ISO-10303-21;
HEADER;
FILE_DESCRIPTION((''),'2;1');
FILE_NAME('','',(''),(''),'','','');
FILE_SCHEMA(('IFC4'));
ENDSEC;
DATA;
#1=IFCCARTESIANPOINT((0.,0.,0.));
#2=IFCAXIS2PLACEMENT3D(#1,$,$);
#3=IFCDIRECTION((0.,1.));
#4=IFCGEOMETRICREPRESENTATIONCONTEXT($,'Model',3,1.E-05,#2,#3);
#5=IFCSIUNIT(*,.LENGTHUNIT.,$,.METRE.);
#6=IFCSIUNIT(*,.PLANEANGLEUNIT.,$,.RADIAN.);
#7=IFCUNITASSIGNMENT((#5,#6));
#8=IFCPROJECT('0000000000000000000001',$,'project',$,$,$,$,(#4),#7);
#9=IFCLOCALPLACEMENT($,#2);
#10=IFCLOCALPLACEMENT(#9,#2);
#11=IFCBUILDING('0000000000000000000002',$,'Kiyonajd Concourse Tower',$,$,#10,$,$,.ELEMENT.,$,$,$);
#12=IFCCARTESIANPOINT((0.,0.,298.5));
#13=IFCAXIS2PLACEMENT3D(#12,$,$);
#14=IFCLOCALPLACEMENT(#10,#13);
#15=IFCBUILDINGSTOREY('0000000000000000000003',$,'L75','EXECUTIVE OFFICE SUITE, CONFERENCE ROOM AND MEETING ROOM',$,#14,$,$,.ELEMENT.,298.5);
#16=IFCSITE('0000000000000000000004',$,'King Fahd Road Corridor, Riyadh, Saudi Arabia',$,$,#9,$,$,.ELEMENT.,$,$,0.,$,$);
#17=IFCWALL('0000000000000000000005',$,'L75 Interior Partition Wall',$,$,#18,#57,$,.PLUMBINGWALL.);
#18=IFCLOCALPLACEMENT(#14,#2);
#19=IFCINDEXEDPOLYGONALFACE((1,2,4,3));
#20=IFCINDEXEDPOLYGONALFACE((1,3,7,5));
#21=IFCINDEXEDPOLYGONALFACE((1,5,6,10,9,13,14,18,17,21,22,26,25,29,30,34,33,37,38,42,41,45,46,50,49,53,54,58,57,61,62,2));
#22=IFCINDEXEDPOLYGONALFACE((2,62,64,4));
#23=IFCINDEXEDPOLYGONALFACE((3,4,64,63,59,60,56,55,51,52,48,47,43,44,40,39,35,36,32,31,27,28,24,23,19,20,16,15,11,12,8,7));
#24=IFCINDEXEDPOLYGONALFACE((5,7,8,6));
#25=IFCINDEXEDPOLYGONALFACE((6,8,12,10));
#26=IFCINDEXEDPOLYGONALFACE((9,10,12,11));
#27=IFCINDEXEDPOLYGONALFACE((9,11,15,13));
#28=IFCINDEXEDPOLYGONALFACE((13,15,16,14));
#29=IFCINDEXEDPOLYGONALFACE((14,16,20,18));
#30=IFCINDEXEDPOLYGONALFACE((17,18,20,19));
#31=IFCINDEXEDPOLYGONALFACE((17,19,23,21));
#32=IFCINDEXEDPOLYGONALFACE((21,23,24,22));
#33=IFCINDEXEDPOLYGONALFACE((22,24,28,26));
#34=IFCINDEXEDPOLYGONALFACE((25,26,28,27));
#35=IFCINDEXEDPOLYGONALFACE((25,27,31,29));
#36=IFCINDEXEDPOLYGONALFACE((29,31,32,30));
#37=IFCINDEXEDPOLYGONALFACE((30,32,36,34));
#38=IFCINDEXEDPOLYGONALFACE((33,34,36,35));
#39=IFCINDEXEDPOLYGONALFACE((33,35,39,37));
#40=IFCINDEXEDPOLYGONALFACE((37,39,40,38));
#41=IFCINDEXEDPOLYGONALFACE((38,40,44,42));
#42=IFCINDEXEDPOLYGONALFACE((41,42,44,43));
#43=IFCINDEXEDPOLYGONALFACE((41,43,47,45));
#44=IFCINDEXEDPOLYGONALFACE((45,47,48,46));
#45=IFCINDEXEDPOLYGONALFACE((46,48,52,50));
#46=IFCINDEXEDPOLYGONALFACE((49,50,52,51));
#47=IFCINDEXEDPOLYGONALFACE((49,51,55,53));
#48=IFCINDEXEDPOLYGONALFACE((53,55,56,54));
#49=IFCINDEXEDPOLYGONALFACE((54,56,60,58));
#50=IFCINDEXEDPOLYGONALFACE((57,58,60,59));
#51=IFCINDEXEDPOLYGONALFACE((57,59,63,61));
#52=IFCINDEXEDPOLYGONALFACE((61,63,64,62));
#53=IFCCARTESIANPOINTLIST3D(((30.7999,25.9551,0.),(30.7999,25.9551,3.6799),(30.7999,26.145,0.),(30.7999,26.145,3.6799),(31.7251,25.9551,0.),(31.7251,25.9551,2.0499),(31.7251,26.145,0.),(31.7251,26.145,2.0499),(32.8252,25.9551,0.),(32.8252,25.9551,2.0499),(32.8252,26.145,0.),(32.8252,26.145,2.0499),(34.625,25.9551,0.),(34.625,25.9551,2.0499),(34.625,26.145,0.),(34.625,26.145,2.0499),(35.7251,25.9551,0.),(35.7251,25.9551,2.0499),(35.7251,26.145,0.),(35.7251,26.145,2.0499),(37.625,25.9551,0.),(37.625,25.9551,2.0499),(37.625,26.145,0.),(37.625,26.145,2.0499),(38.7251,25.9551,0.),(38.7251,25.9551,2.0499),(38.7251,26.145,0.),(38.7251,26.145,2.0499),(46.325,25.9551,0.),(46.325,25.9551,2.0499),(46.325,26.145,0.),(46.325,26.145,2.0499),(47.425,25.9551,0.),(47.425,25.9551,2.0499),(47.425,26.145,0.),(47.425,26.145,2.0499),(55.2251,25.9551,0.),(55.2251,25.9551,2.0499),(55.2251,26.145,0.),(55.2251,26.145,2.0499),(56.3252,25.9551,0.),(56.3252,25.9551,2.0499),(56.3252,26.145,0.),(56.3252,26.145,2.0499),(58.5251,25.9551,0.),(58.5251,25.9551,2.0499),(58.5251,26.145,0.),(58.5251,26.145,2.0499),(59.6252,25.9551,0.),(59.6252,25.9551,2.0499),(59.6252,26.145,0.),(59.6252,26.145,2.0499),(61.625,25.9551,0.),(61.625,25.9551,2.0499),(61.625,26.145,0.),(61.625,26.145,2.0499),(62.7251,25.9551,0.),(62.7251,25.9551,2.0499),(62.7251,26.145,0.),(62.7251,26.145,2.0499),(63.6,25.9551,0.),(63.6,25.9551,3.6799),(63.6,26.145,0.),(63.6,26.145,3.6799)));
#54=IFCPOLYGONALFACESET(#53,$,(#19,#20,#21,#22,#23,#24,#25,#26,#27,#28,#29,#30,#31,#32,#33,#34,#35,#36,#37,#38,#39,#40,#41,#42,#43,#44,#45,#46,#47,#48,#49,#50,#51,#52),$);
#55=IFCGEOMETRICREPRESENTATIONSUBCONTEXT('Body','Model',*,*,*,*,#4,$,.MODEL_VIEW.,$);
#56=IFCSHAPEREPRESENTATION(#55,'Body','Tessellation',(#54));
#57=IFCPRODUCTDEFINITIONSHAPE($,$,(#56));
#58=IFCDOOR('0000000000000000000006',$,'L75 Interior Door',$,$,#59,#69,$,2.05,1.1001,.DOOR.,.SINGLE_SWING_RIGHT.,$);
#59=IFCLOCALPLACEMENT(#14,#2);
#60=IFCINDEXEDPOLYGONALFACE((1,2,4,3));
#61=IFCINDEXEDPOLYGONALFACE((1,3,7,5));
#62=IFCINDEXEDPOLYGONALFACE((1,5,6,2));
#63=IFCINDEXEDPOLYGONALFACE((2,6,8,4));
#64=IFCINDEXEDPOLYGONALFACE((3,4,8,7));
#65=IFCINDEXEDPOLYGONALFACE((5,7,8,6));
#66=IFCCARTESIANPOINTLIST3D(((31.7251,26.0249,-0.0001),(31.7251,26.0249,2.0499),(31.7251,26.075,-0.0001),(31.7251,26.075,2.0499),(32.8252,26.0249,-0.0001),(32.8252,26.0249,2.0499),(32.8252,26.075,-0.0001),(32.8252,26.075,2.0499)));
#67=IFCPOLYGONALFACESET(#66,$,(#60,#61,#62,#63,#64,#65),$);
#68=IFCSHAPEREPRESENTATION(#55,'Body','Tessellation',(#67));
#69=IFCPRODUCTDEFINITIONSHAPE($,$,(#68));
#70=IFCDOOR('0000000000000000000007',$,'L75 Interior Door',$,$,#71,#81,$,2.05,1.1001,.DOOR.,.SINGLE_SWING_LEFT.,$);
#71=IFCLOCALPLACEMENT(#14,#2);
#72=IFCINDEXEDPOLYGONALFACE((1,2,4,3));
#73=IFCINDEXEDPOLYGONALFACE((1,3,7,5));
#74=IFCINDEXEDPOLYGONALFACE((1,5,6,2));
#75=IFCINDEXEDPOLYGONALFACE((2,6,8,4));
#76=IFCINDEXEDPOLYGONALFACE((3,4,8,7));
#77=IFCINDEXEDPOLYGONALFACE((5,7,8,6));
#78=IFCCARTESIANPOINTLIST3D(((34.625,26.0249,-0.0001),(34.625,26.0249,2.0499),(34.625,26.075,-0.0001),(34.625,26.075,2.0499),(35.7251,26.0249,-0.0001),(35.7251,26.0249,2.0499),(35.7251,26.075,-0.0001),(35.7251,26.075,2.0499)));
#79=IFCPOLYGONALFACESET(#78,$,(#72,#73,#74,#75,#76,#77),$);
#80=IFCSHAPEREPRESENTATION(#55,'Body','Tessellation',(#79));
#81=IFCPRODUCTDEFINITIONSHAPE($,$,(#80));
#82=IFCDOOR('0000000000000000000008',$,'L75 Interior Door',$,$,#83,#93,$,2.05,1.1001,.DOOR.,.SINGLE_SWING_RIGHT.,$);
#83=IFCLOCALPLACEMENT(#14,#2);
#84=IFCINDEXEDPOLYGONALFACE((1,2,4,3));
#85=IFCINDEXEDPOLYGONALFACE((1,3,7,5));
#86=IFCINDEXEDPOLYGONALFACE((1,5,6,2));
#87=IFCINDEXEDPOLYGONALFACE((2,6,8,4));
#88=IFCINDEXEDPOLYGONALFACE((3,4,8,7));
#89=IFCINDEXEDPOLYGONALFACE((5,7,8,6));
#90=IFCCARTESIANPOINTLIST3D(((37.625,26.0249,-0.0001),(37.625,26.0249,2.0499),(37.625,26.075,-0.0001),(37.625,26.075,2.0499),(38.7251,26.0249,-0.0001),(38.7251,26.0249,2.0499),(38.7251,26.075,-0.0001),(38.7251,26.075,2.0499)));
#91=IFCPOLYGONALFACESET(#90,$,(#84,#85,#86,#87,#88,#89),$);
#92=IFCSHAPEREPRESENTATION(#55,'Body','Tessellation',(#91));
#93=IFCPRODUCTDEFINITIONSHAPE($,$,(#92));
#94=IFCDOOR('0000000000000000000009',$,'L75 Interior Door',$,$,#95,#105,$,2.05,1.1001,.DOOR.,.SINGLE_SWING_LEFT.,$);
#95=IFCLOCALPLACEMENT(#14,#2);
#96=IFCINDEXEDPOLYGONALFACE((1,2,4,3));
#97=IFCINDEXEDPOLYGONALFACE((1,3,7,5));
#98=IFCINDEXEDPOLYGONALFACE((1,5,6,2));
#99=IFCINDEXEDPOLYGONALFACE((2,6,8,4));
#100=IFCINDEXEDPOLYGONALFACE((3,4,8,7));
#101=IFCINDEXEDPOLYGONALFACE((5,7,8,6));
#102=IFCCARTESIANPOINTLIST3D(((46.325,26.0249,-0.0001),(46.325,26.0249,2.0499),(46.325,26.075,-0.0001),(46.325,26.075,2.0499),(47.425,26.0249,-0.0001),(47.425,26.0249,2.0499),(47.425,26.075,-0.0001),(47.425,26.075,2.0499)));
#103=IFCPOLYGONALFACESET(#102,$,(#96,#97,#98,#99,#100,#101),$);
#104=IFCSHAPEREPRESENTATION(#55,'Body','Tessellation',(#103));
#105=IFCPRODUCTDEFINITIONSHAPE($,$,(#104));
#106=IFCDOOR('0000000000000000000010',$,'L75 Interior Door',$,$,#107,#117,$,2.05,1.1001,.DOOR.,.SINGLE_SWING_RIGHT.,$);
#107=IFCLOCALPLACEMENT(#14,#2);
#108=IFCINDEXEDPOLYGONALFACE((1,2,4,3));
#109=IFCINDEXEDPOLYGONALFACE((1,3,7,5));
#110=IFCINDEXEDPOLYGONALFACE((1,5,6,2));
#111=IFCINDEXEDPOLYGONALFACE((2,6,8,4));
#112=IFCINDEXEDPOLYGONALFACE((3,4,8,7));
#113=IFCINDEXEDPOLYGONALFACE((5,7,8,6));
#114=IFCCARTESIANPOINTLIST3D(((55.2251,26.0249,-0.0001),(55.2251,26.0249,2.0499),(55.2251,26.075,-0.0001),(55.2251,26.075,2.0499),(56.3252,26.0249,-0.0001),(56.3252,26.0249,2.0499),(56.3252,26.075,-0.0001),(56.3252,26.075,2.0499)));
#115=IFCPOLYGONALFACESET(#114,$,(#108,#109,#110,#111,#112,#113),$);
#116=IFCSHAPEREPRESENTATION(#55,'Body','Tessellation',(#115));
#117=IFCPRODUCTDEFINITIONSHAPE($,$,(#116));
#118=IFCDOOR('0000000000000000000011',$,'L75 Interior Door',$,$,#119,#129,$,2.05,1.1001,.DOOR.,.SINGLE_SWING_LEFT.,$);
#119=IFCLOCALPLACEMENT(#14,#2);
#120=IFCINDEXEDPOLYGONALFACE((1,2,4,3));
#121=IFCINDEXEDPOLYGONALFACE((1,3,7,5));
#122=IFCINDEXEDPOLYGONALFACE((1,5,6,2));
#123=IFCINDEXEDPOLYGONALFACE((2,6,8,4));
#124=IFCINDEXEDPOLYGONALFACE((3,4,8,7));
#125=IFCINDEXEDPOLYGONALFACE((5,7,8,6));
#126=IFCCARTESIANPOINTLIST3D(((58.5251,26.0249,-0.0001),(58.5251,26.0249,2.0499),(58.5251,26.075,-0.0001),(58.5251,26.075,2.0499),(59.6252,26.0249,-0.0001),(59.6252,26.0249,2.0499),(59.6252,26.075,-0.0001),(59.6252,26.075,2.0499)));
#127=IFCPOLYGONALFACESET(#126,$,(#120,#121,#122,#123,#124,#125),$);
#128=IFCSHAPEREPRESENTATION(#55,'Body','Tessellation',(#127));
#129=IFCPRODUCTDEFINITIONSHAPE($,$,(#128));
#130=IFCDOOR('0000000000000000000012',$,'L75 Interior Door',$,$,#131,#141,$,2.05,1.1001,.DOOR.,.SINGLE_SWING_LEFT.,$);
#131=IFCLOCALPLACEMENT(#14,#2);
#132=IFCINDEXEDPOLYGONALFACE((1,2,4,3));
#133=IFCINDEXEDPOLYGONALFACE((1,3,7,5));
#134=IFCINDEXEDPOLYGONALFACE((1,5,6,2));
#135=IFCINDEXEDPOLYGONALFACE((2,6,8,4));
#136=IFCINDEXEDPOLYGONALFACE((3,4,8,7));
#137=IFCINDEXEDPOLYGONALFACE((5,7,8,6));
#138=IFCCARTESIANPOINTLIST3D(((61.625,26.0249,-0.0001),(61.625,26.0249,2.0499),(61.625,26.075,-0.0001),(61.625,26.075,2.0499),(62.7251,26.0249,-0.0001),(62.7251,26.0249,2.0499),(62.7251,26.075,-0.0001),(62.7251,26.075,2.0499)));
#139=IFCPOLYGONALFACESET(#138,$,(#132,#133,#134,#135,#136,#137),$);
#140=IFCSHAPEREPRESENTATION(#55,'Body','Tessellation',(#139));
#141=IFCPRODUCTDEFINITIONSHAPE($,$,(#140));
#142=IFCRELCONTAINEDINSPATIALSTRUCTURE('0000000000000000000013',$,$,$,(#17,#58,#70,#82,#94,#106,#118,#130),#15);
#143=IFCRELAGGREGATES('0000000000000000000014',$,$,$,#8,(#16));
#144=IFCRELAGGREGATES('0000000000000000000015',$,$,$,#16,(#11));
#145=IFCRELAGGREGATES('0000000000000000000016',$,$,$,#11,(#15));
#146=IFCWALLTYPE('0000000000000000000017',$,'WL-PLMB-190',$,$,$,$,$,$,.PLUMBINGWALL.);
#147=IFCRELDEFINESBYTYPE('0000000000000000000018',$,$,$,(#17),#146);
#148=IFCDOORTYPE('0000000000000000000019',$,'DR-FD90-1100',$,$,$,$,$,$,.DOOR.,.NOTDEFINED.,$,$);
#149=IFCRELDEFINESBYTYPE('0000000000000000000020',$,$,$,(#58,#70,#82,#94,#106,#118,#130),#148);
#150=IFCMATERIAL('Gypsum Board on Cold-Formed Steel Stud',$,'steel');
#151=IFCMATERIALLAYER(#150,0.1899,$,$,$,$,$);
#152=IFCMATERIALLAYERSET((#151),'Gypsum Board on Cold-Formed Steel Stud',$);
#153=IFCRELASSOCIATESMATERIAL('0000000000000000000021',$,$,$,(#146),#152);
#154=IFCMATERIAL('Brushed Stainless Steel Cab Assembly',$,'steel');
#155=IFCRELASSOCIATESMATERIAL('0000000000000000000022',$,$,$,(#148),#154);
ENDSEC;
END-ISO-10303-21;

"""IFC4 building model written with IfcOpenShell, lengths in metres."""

from ifc_helpers import new_model, si_unit, direction, frame, frame_2d, origin, place, context, subcontext, project, spatial, rectangle, extrude, material, layer, layer_set, type_object, element, fill, save


model = new_model("IFC4")

# Units and contexts
model_context = context("Model", 3, precision=1e-05, world=origin(), true_north=direction((0.0, 1.0)))
body_context = subcontext(model_context, "Body", "Model", "MODEL_VIEW")
ifc_project = project(units=[si_unit("LENGTHUNIT", "METRE"), si_unit("PLANEANGLEUNIT", "RADIAN")], contexts=[model_context])

# Site, building, storey
site_placement = place(None, origin())
site = spatial("IfcSite", under=ifc_project, at=site_placement, Name="King Fahd Road Corridor, Riyadh, Saudi Arabia", CompositionType="ELEMENT", RefElevation=0.0)
building_placement = place(site_placement, origin())
building = spatial("IfcBuilding", under=site, at=building_placement, Name="Kiyonajd Concourse Tower", CompositionType="ELEMENT")
storey_placement = place(building_placement, frame((0.0, 0.0, 298.5)))
storey = spatial("IfcBuildingStorey", under=building, at=storey_placement, Name="L75", Description="EXECUTIVE OFFICE SUITE, CONFERENCE ROOM AND MEETING ROOM", CompositionType="ELEMENT", Elevation=298.5)

# Shared definitions
ifc_material_1 = material(Name="Brushed Stainless Steel Cab Assembly", Category="steel")

# Wall, openings, doors
ifc_material_2 = material(Name="Gypsum Board on Cold-Formed Steel Stud", Category="steel")
ifc_layer_1 = layer(ifc_material_2, 0.1899)
ifc_layer_set_1 = layer_set([ifc_layer_1], Name="Gypsum Board on Cold-Formed Steel Stud")
wall_type_1 = type_object("IfcWallType", Name="WL-PLMB-190", PredefinedType="PLUMBINGWALL", material=ifc_layer_set_1)
wall_1_placement = place(storey_placement, frame((30.8, 26.05, 0.0), z_axis=(0.0, 0.0, 1.0), x_axis=(1.0, 0.0, 0.0)))
wall_1 = element("IfcWall", 1, at=wall_1_placement, inside=storey, type_object=wall_type_1, Name="L75 Interior Partition Wall", PredefinedType="PLUMBINGWALL", context=body_context, shape_type="SweptSolid", body=[
    extrude(rectangle(XDim=32.8, YDim=0.1899, at=frame_2d((16.3999, 0.0))), origin(), (0.0, 0.0, 1.0), 3.6799),
])
opening_1_placement = place(wall_1_placement, frame((0.925, 0.0, 0.0)))
opening_1 = element("IfcOpeningElement", 2, at=opening_1_placement, cuts=wall_1, PredefinedType="OPENING", context=body_context, shape_type="SweptSolid", body=[
    extrude(rectangle(XDim=1.1001, YDim=2.05, at=frame_2d((0.55, 1.0249))), frame((0.0, 0.105, 0.0), z_axis=(0.0, -1.0, 0.0), x_axis=(1.0, 0.0, 0.0)), (0.0, 0.0, 1.0), 0.21),
])
opening_2_placement = place(wall_1_placement, frame((3.825, 0.0, 0.0)))
opening_2 = element("IfcOpeningElement", 3, at=opening_2_placement, cuts=wall_1, PredefinedType="OPENING", context=body_context, shape_type="SweptSolid", body=[
    extrude(rectangle(XDim=1.1001, YDim=2.05, at=frame_2d((0.55, 1.0249))), frame((0.0, 0.105, 0.0), z_axis=(0.0, -1.0, 0.0), x_axis=(1.0, 0.0, 0.0)), (0.0, 0.0, 1.0), 0.21),
])
opening_3_placement = place(wall_1_placement, frame((6.825, 0.0, 0.0)))
opening_3 = element("IfcOpeningElement", 4, at=opening_3_placement, cuts=wall_1, PredefinedType="OPENING", context=body_context, shape_type="SweptSolid", body=[
    extrude(rectangle(XDim=1.1001, YDim=2.05, at=frame_2d((0.55, 1.0249))), frame((0.0, 0.105, 0.0), z_axis=(0.0, -1.0, 0.0), x_axis=(1.0, 0.0, 0.0)), (0.0, 0.0, 1.0), 0.21),
])
opening_4_placement = place(wall_1_placement, frame((15.5249, 0.0, 0.0)))
opening_4 = element("IfcOpeningElement", 5, at=opening_4_placement, cuts=wall_1, PredefinedType="OPENING", context=body_context, shape_type="SweptSolid", body=[
    extrude(rectangle(XDim=1.1001, YDim=2.05, at=frame_2d((0.55, 1.0249))), frame((0.0, 0.105, 0.0), z_axis=(0.0, -1.0, 0.0), x_axis=(1.0, 0.0, 0.0)), (0.0, 0.0, 1.0), 0.21),
])
opening_5_placement = place(wall_1_placement, frame((24.425, 0.0, 0.0)))
opening_5 = element("IfcOpeningElement", 6, at=opening_5_placement, cuts=wall_1, PredefinedType="OPENING", context=body_context, shape_type="SweptSolid", body=[
    extrude(rectangle(XDim=1.1001, YDim=2.05, at=frame_2d((0.55, 1.0249))), frame((0.0, 0.105, 0.0), z_axis=(0.0, -1.0, 0.0), x_axis=(1.0, 0.0, 0.0)), (0.0, 0.0, 1.0), 0.21),
])
opening_6_placement = place(wall_1_placement, frame((27.7251, 0.0, 0.0)))
opening_6 = element("IfcOpeningElement", 7, at=opening_6_placement, cuts=wall_1, PredefinedType="OPENING", context=body_context, shape_type="SweptSolid", body=[
    extrude(rectangle(XDim=1.1001, YDim=2.05, at=frame_2d((0.55, 1.0249))), frame((0.0, 0.105, 0.0), z_axis=(0.0, -1.0, 0.0), x_axis=(1.0, 0.0, 0.0)), (0.0, 0.0, 1.0), 0.21),
])
opening_7_placement = place(wall_1_placement, frame((30.825, 0.0, 0.0)))
opening_7 = element("IfcOpeningElement", 8, at=opening_7_placement, cuts=wall_1, PredefinedType="OPENING", context=body_context, shape_type="SweptSolid", body=[
    extrude(rectangle(XDim=1.1001, YDim=2.05, at=frame_2d((0.55, 1.0249))), frame((0.0, 0.105, 0.0), z_axis=(0.0, -1.0, 0.0), x_axis=(1.0, 0.0, 0.0)), (0.0, 0.0, 1.0), 0.21),
])
door_type_1 = type_object("IfcDoorType", Name="DR-FD90-1100", OperationType="NOTDEFINED", PredefinedType="DOOR", material=ifc_material_1)
door_1_placement = place(opening_1_placement, origin())
door_1 = element("IfcDoor", 9, at=door_1_placement, inside=storey, type_object=door_type_1, Name="L75 Interior Door", OperationType="SINGLE_SWING_RIGHT", OverallHeight=2.05, OverallWidth=1.1001, PredefinedType="DOOR", context=body_context, shape_type="SweptSolid", body=[
    extrude(rectangle(XDim=1.1001, YDim=2.05, at=frame_2d((0.55, 1.0249))), frame((0.0, 0.0249, 0.0), z_axis=(0.0, -1.0, 0.0), x_axis=(1.0, 0.0, 0.0)), (0.0, 0.0, 1.0), 0.05),
])
fill(opening_1, door_1)
door_2_placement = place(opening_2_placement, origin())
door_2 = element("IfcDoor", 10, at=door_2_placement, inside=storey, type_object=door_type_1, Name="L75 Interior Door", OperationType="SINGLE_SWING_LEFT", OverallHeight=2.05, OverallWidth=1.1001, PredefinedType="DOOR", context=body_context, shape_type="SweptSolid", body=[
    extrude(rectangle(XDim=1.1001, YDim=2.05, at=frame_2d((0.55, 1.0249))), frame((0.0, 0.0249, 0.0), z_axis=(0.0, -1.0, 0.0), x_axis=(1.0, 0.0, 0.0)), (0.0, 0.0, 1.0), 0.05),
])
fill(opening_2, door_2)
door_3_placement = place(opening_3_placement, origin())
door_3 = element("IfcDoor", 11, at=door_3_placement, inside=storey, type_object=door_type_1, Name="L75 Interior Door", OperationType="SINGLE_SWING_RIGHT", OverallHeight=2.05, OverallWidth=1.1001, PredefinedType="DOOR", context=body_context, shape_type="SweptSolid", body=[
    extrude(rectangle(XDim=1.1001, YDim=2.05, at=frame_2d((0.55, 1.0249))), frame((0.0, 0.0249, 0.0), z_axis=(0.0, -1.0, 0.0), x_axis=(1.0, 0.0, 0.0)), (0.0, 0.0, 1.0), 0.05),
])
fill(opening_3, door_3)
door_4_placement = place(opening_4_placement, origin())
door_4 = element("IfcDoor", 12, at=door_4_placement, inside=storey, type_object=door_type_1, Name="L75 Interior Door", OperationType="SINGLE_SWING_LEFT", OverallHeight=2.05, OverallWidth=1.1001, PredefinedType="DOOR", context=body_context, shape_type="SweptSolid", body=[
    extrude(rectangle(XDim=1.1001, YDim=2.05, at=frame_2d((0.55, 1.0249))), frame((0.0, 0.0249, 0.0), z_axis=(0.0, -1.0, 0.0), x_axis=(1.0, 0.0, 0.0)), (0.0, 0.0, 1.0), 0.05),
])
fill(opening_4, door_4)
door_5_placement = place(opening_5_placement, origin())
door_5 = element("IfcDoor", 13, at=door_5_placement, inside=storey, type_object=door_type_1, Name="L75 Interior Door", OperationType="SINGLE_SWING_RIGHT", OverallHeight=2.05, OverallWidth=1.1001, PredefinedType="DOOR", context=body_context, shape_type="SweptSolid", body=[
    extrude(rectangle(XDim=1.1001, YDim=2.05, at=frame_2d((0.55, 1.0249))), frame((0.0, 0.0249, 0.0), z_axis=(0.0, -1.0, 0.0), x_axis=(1.0, 0.0, 0.0)), (0.0, 0.0, 1.0), 0.05),
])
fill(opening_5, door_5)
door_6_placement = place(opening_6_placement, origin())
door_6 = element("IfcDoor", 14, at=door_6_placement, inside=storey, type_object=door_type_1, Name="L75 Interior Door", OperationType="SINGLE_SWING_LEFT", OverallHeight=2.05, OverallWidth=1.1001, PredefinedType="DOOR", context=body_context, shape_type="SweptSolid", body=[
    extrude(rectangle(XDim=1.1001, YDim=2.05, at=frame_2d((0.55, 1.0249))), frame((0.0, 0.0249, 0.0), z_axis=(0.0, -1.0, 0.0), x_axis=(1.0, 0.0, 0.0)), (0.0, 0.0, 1.0), 0.05),
])
fill(opening_6, door_6)
door_7_placement = place(opening_7_placement, origin())
door_7 = element("IfcDoor", 15, at=door_7_placement, inside=storey, type_object=door_type_1, Name="L75 Interior Door", OperationType="SINGLE_SWING_LEFT", OverallHeight=2.05, OverallWidth=1.1001, PredefinedType="DOOR", context=body_context, shape_type="SweptSolid", body=[
    extrude(rectangle(XDim=1.1001, YDim=2.05, at=frame_2d((0.55, 1.0249))), frame((0.0, 0.0249, 0.0), z_axis=(0.0, -1.0, 0.0), x_axis=(1.0, 0.0, 0.0)), (0.0, 0.0, 1.0), 0.05),
])
fill(opening_7, door_7)

save(model, "model.ifc")
